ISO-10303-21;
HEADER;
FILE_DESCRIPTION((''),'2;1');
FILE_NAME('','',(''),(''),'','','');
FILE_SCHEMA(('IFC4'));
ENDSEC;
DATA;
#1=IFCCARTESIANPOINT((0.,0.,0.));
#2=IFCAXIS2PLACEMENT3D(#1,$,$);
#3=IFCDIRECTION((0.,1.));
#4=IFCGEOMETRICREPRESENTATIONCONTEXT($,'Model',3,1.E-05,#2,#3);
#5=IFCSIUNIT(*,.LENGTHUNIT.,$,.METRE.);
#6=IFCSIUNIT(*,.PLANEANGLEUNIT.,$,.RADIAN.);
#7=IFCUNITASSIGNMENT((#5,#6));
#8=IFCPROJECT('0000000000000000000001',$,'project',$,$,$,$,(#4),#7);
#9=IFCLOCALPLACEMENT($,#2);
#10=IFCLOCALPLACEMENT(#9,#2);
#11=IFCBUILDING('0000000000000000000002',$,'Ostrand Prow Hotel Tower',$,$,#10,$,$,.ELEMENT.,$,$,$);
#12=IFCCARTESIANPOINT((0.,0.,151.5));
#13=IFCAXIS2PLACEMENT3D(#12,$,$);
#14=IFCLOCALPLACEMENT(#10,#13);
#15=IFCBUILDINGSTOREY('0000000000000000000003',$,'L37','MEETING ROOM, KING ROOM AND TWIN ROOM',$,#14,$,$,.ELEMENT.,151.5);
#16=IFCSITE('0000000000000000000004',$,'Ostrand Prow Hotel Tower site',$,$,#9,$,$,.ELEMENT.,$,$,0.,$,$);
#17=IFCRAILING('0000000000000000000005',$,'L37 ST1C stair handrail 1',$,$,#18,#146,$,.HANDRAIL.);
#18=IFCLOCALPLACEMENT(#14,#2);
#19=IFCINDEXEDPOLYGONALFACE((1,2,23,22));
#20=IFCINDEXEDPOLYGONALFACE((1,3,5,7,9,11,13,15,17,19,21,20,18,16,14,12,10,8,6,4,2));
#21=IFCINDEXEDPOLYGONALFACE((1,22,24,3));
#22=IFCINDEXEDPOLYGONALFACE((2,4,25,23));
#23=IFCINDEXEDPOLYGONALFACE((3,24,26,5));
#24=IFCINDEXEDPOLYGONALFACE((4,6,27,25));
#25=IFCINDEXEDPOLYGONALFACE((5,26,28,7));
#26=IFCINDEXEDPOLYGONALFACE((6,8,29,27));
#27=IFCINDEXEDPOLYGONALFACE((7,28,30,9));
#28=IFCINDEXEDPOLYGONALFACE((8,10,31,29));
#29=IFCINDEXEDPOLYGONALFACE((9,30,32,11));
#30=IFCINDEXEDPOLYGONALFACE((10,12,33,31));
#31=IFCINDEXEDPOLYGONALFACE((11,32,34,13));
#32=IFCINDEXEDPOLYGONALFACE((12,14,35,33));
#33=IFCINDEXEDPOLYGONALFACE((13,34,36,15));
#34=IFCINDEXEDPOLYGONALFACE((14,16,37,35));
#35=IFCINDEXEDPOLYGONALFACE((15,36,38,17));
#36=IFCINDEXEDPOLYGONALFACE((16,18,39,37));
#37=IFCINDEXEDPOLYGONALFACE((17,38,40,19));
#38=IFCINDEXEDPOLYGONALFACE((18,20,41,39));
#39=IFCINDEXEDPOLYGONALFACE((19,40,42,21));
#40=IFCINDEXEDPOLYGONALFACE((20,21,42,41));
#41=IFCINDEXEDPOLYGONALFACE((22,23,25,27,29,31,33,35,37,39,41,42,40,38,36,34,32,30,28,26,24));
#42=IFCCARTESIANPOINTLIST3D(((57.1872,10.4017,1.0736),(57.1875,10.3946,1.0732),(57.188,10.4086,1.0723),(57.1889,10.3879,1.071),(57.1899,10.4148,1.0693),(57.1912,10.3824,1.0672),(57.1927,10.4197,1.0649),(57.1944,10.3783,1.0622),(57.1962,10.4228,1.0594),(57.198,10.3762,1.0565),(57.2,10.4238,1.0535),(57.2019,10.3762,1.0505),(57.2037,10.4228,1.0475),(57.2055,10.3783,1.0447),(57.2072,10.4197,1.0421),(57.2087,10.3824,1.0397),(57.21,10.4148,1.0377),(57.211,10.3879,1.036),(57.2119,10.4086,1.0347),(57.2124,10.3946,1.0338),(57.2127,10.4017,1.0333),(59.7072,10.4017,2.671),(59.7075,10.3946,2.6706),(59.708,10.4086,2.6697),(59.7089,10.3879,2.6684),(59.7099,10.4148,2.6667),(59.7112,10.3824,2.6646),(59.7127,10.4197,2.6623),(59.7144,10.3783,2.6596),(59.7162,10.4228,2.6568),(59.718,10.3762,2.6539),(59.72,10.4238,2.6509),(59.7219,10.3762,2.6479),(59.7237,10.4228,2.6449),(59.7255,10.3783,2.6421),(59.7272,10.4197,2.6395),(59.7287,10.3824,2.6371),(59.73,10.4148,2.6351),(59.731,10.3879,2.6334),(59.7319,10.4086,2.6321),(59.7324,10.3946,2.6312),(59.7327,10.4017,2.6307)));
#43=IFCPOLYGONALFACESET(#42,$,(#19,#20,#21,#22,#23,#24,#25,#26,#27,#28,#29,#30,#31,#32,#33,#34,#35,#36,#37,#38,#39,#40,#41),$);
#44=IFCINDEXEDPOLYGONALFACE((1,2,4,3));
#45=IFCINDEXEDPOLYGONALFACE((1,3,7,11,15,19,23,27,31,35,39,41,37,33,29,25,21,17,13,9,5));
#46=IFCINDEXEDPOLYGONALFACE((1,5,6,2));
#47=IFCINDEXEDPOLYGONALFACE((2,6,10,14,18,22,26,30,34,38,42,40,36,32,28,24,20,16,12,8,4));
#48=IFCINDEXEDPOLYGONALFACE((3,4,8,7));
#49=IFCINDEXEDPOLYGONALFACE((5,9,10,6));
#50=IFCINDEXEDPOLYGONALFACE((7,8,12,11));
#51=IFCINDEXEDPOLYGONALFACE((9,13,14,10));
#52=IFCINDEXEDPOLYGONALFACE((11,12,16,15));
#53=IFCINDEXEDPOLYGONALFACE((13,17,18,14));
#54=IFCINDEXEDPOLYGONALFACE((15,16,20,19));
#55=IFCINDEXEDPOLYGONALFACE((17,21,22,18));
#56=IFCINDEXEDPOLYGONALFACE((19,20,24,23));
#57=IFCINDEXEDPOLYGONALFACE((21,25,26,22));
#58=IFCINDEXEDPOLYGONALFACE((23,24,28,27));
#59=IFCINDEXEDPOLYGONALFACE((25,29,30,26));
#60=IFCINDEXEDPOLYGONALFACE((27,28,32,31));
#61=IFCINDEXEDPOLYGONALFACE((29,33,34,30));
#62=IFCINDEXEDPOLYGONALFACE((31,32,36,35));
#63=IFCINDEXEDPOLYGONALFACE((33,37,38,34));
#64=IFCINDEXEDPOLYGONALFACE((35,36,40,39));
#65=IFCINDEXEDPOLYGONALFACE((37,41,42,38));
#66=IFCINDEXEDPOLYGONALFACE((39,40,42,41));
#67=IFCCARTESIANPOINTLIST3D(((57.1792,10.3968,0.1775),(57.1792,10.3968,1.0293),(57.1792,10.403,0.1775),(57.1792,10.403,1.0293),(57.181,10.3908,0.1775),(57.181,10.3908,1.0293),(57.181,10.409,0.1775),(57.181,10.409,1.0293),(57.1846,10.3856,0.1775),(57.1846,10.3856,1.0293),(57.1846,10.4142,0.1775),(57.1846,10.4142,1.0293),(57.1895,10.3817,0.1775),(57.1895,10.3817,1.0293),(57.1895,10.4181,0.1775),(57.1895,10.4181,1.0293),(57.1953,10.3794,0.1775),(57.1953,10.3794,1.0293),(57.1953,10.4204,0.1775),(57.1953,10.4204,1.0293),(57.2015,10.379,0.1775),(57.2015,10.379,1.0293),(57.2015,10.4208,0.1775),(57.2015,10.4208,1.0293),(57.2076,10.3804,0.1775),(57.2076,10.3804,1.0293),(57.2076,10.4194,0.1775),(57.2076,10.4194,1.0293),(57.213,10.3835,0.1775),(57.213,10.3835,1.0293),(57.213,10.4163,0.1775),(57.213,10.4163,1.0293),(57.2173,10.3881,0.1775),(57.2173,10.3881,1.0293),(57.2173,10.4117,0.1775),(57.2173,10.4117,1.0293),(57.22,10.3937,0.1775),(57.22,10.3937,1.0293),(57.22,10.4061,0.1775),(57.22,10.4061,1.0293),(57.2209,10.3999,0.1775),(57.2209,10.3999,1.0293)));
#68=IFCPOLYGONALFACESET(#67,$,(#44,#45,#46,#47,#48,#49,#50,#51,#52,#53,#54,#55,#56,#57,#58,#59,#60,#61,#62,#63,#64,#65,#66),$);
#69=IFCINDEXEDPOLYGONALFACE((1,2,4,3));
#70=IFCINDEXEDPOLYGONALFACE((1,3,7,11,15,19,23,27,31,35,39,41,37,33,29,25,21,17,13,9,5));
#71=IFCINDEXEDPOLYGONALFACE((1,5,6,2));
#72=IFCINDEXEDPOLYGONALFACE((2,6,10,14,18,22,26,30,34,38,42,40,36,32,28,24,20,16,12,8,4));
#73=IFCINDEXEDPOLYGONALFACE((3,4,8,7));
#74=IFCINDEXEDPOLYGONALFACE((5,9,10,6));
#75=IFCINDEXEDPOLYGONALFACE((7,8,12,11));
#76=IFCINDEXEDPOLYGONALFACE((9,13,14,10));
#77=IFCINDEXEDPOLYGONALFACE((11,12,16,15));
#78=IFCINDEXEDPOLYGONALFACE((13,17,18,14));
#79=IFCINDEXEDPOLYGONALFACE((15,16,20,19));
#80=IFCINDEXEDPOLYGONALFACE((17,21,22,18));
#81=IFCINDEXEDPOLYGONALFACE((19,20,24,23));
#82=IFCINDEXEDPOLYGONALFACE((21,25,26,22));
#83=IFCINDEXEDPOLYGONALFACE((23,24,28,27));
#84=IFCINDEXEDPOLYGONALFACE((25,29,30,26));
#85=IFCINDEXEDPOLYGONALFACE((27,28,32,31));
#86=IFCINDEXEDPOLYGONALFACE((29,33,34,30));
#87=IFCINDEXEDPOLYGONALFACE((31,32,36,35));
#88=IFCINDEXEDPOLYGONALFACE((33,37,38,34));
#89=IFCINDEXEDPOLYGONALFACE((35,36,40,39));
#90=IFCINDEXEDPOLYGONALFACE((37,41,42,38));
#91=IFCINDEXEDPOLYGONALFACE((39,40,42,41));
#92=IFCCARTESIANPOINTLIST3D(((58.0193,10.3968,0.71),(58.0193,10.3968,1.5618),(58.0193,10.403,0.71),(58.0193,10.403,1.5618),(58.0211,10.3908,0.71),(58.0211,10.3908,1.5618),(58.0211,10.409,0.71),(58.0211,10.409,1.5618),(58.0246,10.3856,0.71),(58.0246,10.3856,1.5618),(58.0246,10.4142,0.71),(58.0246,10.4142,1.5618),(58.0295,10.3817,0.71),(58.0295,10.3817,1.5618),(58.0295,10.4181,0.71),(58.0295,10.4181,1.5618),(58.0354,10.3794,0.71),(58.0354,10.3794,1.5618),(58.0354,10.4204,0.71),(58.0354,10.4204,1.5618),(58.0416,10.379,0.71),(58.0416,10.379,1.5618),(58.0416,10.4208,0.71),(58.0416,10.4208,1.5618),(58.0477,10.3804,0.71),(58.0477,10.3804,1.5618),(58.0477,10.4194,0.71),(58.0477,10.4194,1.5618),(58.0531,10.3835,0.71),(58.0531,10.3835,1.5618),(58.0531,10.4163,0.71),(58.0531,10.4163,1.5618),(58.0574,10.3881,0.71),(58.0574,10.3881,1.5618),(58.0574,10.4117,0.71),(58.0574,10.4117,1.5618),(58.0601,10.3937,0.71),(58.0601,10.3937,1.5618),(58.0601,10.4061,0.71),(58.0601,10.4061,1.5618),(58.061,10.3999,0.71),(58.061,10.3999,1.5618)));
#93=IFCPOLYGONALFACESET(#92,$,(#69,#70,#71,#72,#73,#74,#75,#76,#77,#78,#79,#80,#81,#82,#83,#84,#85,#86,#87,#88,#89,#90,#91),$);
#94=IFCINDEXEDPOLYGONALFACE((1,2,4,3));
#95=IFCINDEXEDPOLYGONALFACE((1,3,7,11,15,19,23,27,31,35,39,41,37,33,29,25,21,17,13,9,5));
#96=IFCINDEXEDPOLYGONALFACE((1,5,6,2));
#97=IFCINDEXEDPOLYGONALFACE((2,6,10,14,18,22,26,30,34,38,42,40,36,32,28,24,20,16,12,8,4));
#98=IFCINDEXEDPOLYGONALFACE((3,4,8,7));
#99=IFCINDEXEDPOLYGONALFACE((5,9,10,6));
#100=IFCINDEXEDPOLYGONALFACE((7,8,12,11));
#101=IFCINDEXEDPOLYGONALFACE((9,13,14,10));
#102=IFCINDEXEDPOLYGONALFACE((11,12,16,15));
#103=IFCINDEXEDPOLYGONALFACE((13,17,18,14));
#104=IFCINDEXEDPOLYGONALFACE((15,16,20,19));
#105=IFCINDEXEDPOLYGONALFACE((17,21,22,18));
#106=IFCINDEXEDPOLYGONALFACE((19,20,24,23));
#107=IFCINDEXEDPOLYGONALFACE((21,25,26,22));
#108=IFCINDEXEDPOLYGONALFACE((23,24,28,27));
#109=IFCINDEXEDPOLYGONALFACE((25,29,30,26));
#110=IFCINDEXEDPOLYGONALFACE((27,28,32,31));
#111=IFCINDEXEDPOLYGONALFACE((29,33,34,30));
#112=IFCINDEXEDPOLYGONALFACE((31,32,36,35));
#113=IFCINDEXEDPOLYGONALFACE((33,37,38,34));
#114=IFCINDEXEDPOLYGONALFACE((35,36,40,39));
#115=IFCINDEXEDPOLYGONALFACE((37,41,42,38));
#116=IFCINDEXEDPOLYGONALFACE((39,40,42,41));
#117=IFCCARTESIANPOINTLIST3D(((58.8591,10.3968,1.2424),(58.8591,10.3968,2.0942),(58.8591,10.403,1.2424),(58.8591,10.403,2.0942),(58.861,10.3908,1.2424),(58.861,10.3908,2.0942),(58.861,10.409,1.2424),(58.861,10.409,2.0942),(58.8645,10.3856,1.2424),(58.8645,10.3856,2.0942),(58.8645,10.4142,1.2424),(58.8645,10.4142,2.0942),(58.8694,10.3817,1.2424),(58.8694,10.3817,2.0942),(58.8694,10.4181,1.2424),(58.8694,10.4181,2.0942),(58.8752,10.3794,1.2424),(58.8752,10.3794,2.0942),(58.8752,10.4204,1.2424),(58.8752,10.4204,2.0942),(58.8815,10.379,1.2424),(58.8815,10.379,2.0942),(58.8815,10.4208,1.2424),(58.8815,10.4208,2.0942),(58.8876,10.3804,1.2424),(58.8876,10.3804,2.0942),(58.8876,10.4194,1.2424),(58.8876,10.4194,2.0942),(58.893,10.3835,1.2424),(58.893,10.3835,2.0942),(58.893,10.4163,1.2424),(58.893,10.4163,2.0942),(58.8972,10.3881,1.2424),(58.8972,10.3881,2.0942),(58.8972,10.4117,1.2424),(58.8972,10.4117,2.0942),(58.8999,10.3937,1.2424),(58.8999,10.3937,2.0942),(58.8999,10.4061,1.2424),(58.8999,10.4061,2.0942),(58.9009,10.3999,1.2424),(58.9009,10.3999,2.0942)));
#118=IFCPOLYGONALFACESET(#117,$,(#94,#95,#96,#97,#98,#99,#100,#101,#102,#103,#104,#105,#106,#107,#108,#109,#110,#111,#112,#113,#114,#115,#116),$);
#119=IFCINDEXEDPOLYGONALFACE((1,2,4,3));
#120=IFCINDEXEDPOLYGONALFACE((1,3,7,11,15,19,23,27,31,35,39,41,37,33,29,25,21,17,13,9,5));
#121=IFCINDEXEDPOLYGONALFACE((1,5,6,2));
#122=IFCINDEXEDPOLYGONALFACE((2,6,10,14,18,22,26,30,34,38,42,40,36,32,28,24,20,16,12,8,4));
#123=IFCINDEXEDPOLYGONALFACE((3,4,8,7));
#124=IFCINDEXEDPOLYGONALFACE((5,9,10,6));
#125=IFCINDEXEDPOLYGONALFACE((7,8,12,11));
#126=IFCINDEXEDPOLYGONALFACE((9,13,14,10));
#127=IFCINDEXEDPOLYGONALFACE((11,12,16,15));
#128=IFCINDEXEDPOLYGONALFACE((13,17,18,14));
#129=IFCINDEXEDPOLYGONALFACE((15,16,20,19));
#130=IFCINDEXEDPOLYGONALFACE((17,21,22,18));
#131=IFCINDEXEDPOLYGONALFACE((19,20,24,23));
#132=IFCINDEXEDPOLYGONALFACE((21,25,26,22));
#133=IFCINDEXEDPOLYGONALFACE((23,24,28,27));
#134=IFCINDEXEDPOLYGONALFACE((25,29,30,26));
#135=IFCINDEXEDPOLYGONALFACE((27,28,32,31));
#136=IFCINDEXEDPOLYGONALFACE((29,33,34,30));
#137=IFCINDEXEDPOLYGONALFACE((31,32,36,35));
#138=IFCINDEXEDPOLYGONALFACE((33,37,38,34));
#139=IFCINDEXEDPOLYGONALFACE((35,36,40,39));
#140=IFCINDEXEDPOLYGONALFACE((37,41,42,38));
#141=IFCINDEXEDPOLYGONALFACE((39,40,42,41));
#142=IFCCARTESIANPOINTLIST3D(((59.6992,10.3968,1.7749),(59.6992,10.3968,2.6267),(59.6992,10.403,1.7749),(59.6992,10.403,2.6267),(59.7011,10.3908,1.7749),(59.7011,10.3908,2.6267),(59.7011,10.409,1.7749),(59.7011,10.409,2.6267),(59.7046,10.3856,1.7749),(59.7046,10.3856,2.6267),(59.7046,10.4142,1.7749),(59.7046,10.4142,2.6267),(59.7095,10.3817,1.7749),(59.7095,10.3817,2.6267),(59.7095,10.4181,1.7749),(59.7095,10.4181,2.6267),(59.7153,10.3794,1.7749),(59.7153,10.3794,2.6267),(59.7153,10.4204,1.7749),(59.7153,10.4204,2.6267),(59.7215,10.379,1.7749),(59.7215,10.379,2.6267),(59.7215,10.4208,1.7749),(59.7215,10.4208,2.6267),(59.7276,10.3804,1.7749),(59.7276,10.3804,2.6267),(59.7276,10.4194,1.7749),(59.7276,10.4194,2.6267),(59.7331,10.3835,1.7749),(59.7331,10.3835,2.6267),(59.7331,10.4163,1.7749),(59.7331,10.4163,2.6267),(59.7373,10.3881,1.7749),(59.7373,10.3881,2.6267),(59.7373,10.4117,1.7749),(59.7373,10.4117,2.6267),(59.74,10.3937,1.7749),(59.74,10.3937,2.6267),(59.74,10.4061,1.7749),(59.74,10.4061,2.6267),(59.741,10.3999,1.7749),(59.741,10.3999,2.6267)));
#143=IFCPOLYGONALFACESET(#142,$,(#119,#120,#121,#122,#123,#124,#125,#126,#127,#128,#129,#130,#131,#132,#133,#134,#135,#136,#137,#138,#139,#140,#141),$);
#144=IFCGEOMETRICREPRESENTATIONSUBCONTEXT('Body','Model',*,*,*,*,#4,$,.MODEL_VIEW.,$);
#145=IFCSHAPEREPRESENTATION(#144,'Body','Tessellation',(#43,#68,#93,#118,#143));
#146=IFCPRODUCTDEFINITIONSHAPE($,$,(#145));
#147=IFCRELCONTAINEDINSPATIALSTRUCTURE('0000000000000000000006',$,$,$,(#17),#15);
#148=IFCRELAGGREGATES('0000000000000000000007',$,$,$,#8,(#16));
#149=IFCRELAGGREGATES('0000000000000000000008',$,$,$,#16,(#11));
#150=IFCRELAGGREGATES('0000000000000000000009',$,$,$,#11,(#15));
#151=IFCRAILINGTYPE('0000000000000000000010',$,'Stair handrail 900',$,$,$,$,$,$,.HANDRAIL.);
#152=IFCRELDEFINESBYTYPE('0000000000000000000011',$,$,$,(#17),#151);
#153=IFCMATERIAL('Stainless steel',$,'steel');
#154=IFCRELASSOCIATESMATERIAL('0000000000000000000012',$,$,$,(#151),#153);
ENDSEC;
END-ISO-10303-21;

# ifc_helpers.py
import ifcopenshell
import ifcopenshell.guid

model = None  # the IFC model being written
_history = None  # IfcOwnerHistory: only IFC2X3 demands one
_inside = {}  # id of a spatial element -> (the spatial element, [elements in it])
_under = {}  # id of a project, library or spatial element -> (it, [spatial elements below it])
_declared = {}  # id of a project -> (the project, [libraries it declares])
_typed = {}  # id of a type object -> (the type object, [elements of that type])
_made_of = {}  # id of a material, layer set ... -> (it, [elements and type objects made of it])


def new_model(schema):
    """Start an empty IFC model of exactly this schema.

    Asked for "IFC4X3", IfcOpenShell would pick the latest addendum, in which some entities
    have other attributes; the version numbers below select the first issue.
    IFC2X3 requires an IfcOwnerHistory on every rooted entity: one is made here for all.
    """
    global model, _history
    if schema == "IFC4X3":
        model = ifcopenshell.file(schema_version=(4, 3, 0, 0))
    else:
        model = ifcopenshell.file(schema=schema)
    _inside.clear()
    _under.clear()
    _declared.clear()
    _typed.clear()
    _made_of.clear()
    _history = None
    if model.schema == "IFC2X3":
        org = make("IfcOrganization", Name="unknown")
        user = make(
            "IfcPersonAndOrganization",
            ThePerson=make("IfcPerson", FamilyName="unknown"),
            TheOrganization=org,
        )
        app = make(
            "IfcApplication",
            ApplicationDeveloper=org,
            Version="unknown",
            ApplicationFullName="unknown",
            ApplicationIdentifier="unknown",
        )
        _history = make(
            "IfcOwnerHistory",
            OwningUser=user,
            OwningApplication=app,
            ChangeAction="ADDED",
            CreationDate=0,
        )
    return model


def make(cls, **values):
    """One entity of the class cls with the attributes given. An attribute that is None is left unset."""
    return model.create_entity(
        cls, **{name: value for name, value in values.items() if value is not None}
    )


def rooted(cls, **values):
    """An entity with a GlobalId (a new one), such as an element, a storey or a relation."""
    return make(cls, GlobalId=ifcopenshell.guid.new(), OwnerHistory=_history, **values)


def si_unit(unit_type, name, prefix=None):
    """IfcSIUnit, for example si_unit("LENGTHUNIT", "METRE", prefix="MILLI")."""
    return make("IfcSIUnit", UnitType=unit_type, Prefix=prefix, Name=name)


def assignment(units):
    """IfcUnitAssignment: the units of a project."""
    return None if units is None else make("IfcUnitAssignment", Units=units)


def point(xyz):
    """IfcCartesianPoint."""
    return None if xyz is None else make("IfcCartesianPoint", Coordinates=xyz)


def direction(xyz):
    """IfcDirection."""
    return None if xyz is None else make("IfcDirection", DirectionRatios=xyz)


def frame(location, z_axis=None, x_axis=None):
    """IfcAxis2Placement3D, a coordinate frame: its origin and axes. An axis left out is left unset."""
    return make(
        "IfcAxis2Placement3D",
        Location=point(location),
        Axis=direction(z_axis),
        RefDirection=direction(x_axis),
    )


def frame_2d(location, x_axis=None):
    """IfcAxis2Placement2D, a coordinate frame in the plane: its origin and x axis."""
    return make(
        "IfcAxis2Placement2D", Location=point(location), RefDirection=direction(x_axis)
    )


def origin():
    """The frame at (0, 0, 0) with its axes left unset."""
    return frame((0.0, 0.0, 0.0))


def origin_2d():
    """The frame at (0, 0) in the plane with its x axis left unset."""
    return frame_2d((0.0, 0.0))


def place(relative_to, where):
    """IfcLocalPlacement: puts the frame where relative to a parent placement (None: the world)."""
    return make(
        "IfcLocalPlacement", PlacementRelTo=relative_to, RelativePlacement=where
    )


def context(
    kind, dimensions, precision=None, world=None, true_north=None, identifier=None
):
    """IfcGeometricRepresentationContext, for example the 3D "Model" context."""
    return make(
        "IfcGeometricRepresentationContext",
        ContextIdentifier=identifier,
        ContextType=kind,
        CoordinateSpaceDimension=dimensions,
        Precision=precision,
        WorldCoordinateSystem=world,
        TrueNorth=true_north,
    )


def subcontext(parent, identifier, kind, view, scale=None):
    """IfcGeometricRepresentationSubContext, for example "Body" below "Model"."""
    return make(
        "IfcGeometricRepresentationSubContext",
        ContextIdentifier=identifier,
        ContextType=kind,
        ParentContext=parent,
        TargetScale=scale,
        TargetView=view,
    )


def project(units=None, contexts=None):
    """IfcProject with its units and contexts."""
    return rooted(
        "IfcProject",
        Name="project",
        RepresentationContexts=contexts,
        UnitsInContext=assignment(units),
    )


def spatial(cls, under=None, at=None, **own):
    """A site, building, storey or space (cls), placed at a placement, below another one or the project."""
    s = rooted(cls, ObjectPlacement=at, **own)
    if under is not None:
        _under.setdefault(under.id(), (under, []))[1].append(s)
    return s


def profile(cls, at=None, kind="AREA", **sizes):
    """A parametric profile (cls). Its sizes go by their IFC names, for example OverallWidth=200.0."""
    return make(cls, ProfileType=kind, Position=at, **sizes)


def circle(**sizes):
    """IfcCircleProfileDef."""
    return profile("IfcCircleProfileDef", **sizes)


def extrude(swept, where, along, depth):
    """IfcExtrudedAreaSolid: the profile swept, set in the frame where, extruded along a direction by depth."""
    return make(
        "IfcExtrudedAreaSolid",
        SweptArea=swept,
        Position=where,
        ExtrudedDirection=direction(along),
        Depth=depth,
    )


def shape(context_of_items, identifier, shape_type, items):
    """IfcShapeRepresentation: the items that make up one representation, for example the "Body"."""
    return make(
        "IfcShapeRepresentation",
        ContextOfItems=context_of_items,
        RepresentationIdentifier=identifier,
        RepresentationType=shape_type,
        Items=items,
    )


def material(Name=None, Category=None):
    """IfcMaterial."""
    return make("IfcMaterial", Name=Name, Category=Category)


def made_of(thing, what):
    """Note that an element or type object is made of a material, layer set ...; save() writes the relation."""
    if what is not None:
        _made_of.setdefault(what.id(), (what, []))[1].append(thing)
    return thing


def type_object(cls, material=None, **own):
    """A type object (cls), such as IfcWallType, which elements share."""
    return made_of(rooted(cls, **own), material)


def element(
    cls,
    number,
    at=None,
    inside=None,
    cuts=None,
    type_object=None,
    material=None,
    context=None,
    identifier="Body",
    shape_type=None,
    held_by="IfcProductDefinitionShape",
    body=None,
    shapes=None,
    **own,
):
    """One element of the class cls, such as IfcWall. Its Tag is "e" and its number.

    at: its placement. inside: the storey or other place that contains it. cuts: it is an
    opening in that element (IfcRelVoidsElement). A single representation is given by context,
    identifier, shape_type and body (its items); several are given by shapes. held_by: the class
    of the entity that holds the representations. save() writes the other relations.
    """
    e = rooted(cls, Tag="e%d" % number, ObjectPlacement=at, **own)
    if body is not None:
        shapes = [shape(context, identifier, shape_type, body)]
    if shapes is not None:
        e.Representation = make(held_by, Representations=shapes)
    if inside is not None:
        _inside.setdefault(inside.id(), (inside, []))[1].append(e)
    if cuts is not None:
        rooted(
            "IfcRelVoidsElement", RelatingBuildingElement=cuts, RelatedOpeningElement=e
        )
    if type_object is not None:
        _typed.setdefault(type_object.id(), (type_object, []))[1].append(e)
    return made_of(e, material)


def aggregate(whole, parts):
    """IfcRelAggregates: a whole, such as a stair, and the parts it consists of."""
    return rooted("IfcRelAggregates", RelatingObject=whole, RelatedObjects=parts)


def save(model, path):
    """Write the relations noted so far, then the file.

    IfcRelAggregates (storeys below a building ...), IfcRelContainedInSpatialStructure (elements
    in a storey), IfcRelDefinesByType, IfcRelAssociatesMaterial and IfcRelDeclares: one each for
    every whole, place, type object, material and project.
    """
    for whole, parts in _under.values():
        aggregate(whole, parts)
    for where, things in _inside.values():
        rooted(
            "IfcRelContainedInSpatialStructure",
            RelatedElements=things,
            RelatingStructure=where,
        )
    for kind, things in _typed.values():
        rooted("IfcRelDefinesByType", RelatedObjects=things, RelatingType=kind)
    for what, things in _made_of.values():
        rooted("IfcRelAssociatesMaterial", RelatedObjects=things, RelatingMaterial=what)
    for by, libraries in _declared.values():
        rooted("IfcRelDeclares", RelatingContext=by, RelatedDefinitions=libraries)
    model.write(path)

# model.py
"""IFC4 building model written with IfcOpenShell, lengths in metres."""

from ifc_helpers import new_model, si_unit, direction, frame, origin, origin_2d, place, context, subcontext, project, spatial, circle, extrude, material, type_object, element, save


model = new_model("IFC4")

# Units and contexts
model_context = context("Model", 3, precision=1e-05, world=origin(), true_north=direction((0.0, 1.0)))
body_context = subcontext(model_context, "Body", "Model", "MODEL_VIEW")
ifc_project = project(units=[si_unit("LENGTHUNIT", "METRE"), si_unit("PLANEANGLEUNIT", "RADIAN")], contexts=[model_context])

# Site, building, storey
site_placement = place(None, origin())
site = spatial("IfcSite", under=ifc_project, at=site_placement, Name="Ostrand Prow Hotel Tower site", CompositionType="ELEMENT", RefElevation=0.0)
building_placement = place(site_placement, origin())
building = spatial("IfcBuilding", under=site, at=building_placement, Name="Ostrand Prow Hotel Tower", CompositionType="ELEMENT")
storey_placement = place(building_placement, frame((0.0, 0.0, 151.5)))
storey = spatial("IfcBuildingStorey", under=building, at=storey_placement, Name="L37", Description="MEETING ROOM, KING ROOM AND TWIN ROOM", CompositionType="ELEMENT", Elevation=151.5)

# Railing
ifc_material_1 = material(Name="Stainless steel", Category="steel")
railing_type_1 = type_object("IfcRailingType", Name="Stair handrail 900", PredefinedType="HANDRAIL", material=ifc_material_1)
railing_1_placement = place(storey_placement, frame((57.2, 10.3999, 0.1775)))
element("IfcRailing", 1, at=railing_1_placement, inside=storey, type_object=railing_type_1, Name="L37 ST1C stair handrail 1", PredefinedType="HANDRAIL", context=body_context, shape_type="SweptSolid", body=[
    extrude(circle(Radius=0.0239, at=origin_2d()), frame((0.0, 0.0, 0.876), z_axis=(0.844607, 0.0, 0.535387), x_axis=(0.0, 1.0, 0.0)), (0.0, 0.0, 1.0), 2.9836),
    extrude(circle(Radius=0.021, at=origin_2d()), origin(), (0.0, 0.0, 1.0), 0.8518),
    extrude(circle(Radius=0.021, at=origin_2d()), frame((0.8401, 0.0, 0.5325)), (0.0, 0.0, 1.0), 0.8518),
    extrude(circle(Radius=0.021, at=origin_2d()), frame((1.6799, 0.0, 1.0649)), (0.0, 0.0, 1.0), 0.8518),
    extrude(circle(Radius=0.021, at=origin_2d()), frame((2.52, 0.0, 1.5974)), (0.0, 0.0, 1.0), 0.8518),
])

save(model, "model.ifc")
